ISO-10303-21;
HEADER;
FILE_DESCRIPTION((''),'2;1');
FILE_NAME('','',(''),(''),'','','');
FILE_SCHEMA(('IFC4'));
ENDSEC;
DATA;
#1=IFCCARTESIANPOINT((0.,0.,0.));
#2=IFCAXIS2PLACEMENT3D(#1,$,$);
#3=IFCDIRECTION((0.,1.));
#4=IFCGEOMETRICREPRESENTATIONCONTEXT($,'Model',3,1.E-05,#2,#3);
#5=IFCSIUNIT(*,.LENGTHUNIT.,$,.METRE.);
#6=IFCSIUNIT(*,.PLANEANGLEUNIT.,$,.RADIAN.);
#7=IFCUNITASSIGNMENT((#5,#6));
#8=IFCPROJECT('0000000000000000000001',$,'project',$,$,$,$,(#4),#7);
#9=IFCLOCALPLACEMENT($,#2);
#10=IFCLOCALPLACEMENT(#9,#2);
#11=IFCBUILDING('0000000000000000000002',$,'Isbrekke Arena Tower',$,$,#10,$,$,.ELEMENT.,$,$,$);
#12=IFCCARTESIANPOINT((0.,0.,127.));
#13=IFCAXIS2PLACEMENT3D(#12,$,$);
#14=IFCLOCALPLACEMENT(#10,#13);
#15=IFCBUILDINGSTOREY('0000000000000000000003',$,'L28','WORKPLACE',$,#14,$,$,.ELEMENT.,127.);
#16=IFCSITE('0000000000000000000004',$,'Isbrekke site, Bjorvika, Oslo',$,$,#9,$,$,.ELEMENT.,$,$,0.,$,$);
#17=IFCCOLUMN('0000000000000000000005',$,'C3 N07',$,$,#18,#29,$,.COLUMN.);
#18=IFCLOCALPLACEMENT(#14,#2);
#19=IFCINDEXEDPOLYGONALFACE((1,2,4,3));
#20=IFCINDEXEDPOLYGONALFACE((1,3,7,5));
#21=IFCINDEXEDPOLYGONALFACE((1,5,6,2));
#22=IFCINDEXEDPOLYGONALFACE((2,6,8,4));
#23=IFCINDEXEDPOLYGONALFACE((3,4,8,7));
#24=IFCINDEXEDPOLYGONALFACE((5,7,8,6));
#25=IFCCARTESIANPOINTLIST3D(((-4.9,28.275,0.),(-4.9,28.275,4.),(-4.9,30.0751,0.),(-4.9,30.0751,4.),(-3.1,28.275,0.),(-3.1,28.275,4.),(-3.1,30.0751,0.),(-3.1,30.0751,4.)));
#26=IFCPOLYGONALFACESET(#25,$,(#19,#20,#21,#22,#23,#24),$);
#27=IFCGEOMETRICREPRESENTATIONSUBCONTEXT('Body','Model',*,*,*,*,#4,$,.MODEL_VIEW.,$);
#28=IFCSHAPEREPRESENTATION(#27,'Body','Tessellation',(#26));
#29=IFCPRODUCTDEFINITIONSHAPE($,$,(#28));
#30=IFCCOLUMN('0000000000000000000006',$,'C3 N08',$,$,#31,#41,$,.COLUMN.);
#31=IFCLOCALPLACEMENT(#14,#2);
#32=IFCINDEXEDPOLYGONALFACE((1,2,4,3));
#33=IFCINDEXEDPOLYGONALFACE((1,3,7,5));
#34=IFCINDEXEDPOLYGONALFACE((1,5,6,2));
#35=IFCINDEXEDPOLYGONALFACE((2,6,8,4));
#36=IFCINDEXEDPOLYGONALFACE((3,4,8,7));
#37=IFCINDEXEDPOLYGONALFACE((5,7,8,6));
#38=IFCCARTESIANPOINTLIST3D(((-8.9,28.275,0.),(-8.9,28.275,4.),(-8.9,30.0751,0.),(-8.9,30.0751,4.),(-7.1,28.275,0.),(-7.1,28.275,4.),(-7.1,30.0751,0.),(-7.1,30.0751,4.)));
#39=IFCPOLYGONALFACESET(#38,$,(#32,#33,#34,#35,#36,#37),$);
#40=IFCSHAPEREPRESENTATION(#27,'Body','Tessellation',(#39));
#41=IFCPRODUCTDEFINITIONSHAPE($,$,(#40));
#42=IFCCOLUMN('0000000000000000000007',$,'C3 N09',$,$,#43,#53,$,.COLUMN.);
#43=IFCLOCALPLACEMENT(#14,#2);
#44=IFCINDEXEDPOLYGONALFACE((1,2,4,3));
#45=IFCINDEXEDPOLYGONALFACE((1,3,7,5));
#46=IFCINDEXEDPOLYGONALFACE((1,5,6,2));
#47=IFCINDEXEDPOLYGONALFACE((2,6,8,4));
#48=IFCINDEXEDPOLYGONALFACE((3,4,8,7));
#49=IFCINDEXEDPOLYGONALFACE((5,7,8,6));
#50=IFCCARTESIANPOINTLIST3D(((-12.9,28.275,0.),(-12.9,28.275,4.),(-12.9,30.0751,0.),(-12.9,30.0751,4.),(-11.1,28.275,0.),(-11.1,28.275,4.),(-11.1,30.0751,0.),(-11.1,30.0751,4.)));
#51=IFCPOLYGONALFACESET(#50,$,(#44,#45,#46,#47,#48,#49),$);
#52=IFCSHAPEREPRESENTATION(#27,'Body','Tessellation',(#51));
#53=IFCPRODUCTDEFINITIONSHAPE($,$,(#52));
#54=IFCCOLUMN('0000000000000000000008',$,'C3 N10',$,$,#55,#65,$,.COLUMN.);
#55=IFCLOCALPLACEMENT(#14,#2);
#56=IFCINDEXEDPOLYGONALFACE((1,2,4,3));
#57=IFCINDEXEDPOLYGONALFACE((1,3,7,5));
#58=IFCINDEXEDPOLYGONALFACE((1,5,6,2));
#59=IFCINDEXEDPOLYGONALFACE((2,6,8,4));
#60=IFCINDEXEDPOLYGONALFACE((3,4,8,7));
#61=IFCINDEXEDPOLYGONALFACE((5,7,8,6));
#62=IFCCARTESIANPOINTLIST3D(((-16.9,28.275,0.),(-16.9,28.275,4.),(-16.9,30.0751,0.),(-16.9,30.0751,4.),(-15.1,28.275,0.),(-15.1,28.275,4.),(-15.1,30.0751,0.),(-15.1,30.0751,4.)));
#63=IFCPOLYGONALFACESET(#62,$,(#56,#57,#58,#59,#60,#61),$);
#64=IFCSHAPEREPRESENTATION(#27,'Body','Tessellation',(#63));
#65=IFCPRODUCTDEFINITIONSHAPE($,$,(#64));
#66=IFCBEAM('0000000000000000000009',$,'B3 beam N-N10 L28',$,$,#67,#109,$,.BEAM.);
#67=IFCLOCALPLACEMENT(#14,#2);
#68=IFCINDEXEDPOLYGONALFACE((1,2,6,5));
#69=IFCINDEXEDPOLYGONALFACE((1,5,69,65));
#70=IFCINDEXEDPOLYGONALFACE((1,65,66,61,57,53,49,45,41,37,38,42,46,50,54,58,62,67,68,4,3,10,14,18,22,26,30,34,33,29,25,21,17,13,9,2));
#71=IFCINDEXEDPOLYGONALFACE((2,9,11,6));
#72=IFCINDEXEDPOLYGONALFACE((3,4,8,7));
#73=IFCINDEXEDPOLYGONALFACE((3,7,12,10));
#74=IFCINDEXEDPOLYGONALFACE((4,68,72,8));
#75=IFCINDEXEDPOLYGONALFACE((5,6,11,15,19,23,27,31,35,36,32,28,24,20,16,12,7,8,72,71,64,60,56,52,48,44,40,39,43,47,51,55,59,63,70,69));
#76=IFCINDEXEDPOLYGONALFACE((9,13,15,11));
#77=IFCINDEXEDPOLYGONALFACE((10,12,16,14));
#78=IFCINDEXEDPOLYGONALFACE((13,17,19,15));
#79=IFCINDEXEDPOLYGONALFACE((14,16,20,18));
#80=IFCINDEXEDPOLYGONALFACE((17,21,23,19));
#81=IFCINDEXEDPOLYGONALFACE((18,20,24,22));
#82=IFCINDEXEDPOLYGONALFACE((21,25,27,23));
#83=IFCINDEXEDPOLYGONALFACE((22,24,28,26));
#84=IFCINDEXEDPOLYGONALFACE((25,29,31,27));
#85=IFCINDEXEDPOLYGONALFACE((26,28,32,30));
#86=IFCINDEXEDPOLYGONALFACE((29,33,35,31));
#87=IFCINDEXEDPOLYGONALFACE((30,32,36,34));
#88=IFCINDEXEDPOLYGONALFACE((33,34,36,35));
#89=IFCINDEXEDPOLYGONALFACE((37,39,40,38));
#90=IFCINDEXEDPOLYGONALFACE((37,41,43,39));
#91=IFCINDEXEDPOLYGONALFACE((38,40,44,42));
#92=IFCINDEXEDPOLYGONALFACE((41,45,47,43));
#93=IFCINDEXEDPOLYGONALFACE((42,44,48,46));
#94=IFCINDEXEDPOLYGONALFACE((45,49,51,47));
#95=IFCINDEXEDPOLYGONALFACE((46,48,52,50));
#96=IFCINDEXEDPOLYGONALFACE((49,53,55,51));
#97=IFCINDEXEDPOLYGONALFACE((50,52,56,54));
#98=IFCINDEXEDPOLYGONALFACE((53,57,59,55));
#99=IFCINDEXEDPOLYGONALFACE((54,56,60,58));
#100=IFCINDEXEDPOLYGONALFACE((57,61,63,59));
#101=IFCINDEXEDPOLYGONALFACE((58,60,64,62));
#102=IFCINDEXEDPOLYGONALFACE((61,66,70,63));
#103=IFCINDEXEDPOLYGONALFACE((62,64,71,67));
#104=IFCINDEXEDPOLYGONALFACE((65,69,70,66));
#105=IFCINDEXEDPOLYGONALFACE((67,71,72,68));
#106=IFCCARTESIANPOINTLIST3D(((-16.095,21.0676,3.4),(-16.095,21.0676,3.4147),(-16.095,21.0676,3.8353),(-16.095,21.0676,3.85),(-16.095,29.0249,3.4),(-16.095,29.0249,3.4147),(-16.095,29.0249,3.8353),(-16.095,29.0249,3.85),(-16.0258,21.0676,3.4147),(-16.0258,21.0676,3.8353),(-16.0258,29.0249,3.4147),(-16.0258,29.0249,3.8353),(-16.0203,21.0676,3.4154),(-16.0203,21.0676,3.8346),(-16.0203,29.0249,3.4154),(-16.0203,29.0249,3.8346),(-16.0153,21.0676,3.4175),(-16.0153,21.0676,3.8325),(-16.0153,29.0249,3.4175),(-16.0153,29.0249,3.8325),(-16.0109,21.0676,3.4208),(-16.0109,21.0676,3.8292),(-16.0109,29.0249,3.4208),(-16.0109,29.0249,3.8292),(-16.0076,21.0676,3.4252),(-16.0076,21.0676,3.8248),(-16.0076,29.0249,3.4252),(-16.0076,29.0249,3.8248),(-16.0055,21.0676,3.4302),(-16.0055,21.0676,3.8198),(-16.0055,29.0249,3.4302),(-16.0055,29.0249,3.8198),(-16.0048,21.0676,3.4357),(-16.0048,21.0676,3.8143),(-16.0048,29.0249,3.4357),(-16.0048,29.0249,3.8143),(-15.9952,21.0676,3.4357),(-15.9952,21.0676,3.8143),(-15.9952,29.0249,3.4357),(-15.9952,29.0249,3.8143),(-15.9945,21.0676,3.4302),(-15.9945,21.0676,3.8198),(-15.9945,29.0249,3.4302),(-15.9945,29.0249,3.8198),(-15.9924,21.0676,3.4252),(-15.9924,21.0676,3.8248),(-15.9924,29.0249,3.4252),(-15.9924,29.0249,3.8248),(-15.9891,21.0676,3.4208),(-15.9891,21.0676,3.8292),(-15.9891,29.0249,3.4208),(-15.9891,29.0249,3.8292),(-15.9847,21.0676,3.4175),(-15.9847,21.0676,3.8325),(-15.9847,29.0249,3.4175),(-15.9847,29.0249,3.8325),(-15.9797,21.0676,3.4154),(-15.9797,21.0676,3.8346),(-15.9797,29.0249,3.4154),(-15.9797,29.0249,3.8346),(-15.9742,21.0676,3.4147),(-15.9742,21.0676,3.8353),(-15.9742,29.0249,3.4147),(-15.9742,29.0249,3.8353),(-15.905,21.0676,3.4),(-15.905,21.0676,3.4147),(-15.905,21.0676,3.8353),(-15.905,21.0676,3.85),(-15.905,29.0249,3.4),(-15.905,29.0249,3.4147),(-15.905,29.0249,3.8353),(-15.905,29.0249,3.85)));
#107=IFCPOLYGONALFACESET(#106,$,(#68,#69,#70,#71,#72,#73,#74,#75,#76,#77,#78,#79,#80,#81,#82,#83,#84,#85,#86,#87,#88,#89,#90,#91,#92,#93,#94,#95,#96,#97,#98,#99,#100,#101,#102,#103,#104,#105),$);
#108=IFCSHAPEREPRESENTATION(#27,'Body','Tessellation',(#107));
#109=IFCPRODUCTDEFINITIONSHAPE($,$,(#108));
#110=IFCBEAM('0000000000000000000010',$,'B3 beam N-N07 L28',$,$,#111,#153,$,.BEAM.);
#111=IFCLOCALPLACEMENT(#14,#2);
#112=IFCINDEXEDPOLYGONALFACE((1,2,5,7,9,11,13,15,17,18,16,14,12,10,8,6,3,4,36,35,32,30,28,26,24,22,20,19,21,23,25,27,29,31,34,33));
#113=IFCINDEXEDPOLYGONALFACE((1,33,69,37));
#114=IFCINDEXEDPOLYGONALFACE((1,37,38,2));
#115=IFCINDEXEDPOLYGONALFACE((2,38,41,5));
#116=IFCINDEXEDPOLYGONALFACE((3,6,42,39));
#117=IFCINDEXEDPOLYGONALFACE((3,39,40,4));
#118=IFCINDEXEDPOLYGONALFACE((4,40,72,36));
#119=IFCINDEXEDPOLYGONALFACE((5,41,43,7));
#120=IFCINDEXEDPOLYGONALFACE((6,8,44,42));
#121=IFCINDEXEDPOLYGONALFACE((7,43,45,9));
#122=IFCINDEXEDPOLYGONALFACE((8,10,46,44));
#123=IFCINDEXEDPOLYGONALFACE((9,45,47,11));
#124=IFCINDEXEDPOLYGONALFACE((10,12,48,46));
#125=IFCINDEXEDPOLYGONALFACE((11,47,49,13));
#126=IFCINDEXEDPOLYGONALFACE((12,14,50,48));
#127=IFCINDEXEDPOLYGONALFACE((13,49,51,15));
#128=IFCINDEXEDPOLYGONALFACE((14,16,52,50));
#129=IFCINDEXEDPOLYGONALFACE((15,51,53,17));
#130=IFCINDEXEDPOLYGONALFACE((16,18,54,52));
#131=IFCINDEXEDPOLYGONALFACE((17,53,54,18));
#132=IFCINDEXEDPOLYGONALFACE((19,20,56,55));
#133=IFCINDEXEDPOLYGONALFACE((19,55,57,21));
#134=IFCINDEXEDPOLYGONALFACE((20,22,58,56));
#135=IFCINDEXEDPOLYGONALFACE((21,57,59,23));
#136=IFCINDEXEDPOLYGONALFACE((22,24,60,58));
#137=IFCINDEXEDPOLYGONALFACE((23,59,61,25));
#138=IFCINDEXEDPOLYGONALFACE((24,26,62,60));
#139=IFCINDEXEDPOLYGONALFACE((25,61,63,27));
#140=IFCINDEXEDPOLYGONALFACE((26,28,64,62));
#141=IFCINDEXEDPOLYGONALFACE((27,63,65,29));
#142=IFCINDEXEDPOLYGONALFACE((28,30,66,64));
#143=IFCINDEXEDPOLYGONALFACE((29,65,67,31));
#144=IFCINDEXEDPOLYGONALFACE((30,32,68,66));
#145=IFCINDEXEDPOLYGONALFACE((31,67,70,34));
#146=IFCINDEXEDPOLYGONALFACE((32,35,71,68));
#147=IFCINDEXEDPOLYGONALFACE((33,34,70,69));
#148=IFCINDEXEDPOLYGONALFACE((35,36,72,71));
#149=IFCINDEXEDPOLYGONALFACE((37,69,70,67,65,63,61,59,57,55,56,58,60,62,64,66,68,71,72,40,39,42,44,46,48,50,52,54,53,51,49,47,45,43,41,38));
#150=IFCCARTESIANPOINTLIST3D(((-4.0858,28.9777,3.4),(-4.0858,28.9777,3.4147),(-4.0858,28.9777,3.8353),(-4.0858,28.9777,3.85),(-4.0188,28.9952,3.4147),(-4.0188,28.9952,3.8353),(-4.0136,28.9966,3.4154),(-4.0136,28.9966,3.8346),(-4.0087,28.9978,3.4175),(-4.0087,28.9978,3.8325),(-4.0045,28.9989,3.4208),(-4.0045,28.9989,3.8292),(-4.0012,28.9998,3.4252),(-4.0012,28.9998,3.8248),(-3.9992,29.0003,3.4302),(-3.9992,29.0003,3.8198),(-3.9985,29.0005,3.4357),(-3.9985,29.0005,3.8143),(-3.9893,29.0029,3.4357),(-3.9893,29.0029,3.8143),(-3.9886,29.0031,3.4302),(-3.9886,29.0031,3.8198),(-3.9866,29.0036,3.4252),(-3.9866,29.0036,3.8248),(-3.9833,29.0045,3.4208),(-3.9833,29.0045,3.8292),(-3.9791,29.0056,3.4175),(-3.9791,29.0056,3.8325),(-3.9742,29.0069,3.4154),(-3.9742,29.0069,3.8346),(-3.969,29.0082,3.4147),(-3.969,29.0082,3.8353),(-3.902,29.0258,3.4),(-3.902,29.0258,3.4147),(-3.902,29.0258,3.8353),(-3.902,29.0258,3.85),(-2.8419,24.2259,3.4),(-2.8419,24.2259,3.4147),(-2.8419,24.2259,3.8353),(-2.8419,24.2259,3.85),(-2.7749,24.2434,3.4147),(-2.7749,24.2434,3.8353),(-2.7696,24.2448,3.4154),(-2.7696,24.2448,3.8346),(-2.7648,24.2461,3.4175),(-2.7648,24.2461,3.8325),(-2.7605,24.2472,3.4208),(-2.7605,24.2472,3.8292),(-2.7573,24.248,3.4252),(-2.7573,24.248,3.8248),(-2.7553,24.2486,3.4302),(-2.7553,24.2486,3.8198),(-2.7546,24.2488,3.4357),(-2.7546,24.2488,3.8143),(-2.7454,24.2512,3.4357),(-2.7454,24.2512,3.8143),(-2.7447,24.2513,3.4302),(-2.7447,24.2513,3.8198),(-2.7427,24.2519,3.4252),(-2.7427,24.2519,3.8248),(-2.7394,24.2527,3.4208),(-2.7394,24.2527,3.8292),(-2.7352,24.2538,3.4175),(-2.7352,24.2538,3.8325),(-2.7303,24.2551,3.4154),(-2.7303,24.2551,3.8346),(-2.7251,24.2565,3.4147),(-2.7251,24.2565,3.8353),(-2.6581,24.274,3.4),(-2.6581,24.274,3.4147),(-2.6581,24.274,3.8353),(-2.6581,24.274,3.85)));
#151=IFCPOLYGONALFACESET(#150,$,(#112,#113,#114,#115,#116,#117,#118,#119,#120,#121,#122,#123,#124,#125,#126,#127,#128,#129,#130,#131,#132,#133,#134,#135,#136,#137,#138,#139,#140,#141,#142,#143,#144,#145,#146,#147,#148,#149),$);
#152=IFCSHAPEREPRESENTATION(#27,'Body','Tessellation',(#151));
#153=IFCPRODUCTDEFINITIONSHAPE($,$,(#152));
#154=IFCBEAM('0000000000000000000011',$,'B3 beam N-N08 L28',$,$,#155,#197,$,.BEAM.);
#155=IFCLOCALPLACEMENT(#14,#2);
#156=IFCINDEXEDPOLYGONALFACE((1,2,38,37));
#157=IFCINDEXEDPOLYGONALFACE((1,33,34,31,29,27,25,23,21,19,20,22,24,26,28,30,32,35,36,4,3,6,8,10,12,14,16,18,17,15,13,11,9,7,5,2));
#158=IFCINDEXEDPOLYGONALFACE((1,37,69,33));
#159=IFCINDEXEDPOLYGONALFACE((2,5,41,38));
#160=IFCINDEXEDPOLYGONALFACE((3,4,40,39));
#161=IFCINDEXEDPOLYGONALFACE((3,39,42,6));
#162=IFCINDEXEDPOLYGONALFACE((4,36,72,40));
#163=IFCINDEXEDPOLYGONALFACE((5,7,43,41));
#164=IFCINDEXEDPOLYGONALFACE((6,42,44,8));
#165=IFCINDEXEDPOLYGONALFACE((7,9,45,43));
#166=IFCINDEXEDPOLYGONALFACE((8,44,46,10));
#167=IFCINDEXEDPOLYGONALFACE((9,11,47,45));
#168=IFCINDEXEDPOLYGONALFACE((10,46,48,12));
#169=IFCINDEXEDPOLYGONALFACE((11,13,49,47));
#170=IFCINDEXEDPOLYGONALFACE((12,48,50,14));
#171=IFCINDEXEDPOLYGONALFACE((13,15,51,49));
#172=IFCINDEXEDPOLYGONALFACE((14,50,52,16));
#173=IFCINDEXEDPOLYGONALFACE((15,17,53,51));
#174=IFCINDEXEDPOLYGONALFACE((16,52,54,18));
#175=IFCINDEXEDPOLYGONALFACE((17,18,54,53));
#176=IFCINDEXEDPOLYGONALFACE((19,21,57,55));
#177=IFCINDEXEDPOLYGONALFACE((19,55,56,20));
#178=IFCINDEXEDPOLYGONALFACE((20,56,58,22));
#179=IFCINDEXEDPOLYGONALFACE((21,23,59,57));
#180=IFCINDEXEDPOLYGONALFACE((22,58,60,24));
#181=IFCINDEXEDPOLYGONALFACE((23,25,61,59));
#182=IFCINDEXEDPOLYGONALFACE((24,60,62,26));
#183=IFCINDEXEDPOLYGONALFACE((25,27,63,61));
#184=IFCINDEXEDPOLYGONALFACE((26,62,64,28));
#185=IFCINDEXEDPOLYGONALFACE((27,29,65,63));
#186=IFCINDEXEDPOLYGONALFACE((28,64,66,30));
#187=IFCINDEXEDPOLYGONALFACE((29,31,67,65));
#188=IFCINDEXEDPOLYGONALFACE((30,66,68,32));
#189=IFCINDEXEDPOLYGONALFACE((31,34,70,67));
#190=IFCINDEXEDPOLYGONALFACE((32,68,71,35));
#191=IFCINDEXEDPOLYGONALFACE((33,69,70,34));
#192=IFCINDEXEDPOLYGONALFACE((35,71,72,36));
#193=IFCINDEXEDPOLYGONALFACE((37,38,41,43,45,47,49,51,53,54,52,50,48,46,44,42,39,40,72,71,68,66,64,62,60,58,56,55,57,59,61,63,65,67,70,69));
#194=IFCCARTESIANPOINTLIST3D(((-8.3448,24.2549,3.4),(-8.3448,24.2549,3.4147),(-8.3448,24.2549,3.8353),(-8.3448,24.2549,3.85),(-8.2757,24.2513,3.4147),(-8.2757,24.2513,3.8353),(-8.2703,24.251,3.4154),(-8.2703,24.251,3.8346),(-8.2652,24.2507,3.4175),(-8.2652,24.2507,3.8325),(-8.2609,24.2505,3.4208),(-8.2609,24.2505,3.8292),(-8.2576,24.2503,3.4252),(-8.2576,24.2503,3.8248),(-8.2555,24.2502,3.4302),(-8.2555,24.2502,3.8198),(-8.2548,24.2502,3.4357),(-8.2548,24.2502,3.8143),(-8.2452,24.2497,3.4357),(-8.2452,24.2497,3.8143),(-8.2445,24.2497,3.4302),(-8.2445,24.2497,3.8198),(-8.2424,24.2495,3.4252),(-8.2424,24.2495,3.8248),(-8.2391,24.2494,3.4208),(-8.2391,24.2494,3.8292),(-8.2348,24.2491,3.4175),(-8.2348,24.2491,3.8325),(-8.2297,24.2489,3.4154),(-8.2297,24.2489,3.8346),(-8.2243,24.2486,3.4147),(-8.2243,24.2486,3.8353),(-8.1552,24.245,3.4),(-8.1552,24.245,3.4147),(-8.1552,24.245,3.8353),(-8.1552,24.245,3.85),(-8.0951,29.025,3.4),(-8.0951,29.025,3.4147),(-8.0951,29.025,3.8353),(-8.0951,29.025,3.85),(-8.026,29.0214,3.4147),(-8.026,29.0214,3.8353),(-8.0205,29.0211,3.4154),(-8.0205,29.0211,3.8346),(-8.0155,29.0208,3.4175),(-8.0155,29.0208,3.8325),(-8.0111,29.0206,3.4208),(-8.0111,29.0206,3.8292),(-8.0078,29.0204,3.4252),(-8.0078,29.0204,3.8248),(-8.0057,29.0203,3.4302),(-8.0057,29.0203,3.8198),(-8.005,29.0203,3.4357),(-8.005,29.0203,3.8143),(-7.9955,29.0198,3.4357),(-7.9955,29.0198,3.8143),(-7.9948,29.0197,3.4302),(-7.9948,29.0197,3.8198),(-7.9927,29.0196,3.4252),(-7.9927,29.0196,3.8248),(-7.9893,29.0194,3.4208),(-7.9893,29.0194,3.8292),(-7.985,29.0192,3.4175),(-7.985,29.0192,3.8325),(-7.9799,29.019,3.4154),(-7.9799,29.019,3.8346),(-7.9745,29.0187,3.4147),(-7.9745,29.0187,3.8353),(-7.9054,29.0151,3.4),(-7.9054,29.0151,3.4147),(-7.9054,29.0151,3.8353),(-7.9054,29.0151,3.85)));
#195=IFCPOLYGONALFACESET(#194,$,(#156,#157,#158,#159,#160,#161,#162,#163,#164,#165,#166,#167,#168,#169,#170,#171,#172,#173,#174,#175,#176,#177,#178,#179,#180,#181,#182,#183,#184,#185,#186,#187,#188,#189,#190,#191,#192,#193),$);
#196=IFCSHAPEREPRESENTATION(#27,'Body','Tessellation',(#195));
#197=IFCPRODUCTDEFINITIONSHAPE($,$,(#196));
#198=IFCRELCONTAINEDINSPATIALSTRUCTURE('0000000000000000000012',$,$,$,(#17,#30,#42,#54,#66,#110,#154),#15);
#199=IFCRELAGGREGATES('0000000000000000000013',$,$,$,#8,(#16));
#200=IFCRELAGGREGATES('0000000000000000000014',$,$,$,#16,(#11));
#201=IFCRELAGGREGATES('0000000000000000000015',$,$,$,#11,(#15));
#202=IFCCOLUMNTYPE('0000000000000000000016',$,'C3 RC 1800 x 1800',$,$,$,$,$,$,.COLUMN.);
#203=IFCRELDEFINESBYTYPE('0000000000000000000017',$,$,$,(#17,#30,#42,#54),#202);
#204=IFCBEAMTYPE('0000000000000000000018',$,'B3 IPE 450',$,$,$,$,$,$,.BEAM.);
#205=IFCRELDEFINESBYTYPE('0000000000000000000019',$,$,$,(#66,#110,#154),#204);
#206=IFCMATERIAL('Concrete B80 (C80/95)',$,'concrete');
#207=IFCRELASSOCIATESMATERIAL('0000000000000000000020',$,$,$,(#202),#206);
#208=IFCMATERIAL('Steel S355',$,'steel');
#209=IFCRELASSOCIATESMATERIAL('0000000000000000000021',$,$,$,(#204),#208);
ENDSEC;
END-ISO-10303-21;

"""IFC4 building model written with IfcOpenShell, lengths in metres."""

from ifc_helpers import new_model, si_unit, direction, frame, origin, origin_2d, place, context, subcontext, project, spatial, rectangle, i_section, extrude, material, material_profile, profile_set, type_object, element, save


model = new_model("IFC4")

# Units and contexts
model_context = context("Model", 3, precision=1e-05, world=origin(), true_north=direction((0.0, 1.0)))
body_context = subcontext(model_context, "Body", "Model", "MODEL_VIEW")
ifc_project = project(units=[si_unit("LENGTHUNIT", "METRE"), si_unit("PLANEANGLEUNIT", "RADIAN")], contexts=[model_context])

# Site, building, storey
site_placement = place(None, origin())
site = spatial("IfcSite", under=ifc_project, at=site_placement, Name="Isbrekke site, Bjorvika, Oslo", CompositionType="ELEMENT", RefElevation=0.0)
building_placement = place(site_placement, origin())
building = spatial("IfcBuilding", under=site, at=building_placement, Name="Isbrekke Arena Tower", CompositionType="ELEMENT")
storey_placement = place(building_placement, frame((0.0, 0.0, 127.0)))
storey = spatial("IfcBuildingStorey", under=building, at=storey_placement, Name="L28", Description="WORKPLACE", CompositionType="ELEMENT", Elevation=127.0)

# Columns
ifc_material_1 = material(Name="Concrete B80 (C80/95)", Category="concrete")
ifc_material_profile_1 = material_profile(ifc_material_1, rectangle(XDim=1.8, YDim=1.8, at=origin_2d()), Name="RC 1800x1800")
ifc_profile_set_1 = profile_set([ifc_material_profile_1], Name="Concrete B80 (C80/95)")
column_type = type_object("IfcColumnType", Name="C3 RC 1800 x 1800", PredefinedType="COLUMN", material=ifc_profile_set_1)
for number, where, z_axis, x_axis, name in (
    (1, (-4.0, 29.175, 0.0), (0.0, 0.0, 1.0), (-1.0, 0.0, 0.0), "C3 N07"),
    (2, (-8.0, 29.175, 0.0), (0.0, 0.0, 1.0), (-1.0, 0.0, 0.0), "C3 N08"),
    (3, (-12.0, 29.175, 0.0), (0.0, 0.0, 1.0), (-1.0, 0.0, 0.0), "C3 N09"),
    (4, (-16.0, 29.175, 0.0), (0.0, 0.0, 1.0), (-1.0, 0.0, 0.0), "C3 N10"),
):
    element("IfcColumn", number, at=place(storey_placement, frame(where, z_axis=z_axis, x_axis=x_axis)), inside=storey, type_object=column_type, Name=name, PredefinedType="COLUMN", context=body_context, shape_type="SweptSolid", body=[
        extrude(rectangle(XDim=1.8, YDim=1.8, at=origin_2d()), origin(), (0.0, 0.0, 1.0), 4.0),
    ])

# Beams
ifc_material_2 = material(Name="Steel S355", Category="steel")
ifc_material_profile_2 = material_profile(ifc_material_2, i_section(OverallWidth=0.1899, OverallDepth=0.45, WebThickness=0.0095, FlangeThickness=0.0146, FilletRadius=0.021, at=origin_2d()), Name="IPE 450")
ifc_profile_set_2 = profile_set([ifc_material_profile_2], Name="Steel S355")
beam_type_1 = type_object("IfcBeamType", Name="B3 IPE 450", PredefinedType="BEAM", material=ifc_profile_set_2)
beam_1_placement = place(storey_placement, frame((-16.0, 29.0249, 3.625), z_axis=(0.0, -1.0, 0.0), x_axis=(1.0, 0.0, 0.0)))
element("IfcBeam", 5, at=beam_1_placement, inside=storey, type_object=beam_type_1, Name="B3 beam N-N10 L28", PredefinedType="BEAM", context=body_context, shape_type="SweptSolid", body=[
    extrude(i_section(OverallWidth=0.1899, OverallDepth=0.45, WebThickness=0.0095, FlangeThickness=0.0146, FilletRadius=0.021, at=origin_2d()), origin(), (0.0, 0.0, 1.0), 7.9573),
])
beam_2_placement = place(storey_placement, frame((-3.9939, 29.0017, 3.625), z_axis=(0.253245, -0.967402, 0.0), x_axis=(0.967402, 0.253245, 0.0)))
element("IfcBeam", 6, at=beam_2_placement, inside=storey, type_object=beam_type_1, Name="B3 beam N-N07 L28", PredefinedType="BEAM", context=body_context, shape_type="SweptSolid", body=[
    extrude(i_section(OverallWidth=0.1899, OverallDepth=0.45, WebThickness=0.0095, FlangeThickness=0.0146, FilletRadius=0.021, at=origin_2d()), origin(), (0.0, 0.0, 1.0), 4.9119),
])
beam_3_placement = place(storey_placement, frame((-8.0002, 29.02, 3.625), z_axis=(-0.052288, -0.998632, 0.0), x_axis=(0.998632, -0.052288, 0.0)))
element("IfcBeam", 7, at=beam_3_placement, inside=storey, type_object=beam_type_1, Name="B3 beam N-N08 L28", PredefinedType="BEAM", context=body_context, shape_type="SweptSolid", body=[
    extrude(i_section(OverallWidth=0.1899, OverallDepth=0.45, WebThickness=0.0095, FlangeThickness=0.0146, FilletRadius=0.021, at=origin_2d()), origin(), (0.0, 0.0, 1.0), 4.7766),
])

save(model, "model.ifc")
